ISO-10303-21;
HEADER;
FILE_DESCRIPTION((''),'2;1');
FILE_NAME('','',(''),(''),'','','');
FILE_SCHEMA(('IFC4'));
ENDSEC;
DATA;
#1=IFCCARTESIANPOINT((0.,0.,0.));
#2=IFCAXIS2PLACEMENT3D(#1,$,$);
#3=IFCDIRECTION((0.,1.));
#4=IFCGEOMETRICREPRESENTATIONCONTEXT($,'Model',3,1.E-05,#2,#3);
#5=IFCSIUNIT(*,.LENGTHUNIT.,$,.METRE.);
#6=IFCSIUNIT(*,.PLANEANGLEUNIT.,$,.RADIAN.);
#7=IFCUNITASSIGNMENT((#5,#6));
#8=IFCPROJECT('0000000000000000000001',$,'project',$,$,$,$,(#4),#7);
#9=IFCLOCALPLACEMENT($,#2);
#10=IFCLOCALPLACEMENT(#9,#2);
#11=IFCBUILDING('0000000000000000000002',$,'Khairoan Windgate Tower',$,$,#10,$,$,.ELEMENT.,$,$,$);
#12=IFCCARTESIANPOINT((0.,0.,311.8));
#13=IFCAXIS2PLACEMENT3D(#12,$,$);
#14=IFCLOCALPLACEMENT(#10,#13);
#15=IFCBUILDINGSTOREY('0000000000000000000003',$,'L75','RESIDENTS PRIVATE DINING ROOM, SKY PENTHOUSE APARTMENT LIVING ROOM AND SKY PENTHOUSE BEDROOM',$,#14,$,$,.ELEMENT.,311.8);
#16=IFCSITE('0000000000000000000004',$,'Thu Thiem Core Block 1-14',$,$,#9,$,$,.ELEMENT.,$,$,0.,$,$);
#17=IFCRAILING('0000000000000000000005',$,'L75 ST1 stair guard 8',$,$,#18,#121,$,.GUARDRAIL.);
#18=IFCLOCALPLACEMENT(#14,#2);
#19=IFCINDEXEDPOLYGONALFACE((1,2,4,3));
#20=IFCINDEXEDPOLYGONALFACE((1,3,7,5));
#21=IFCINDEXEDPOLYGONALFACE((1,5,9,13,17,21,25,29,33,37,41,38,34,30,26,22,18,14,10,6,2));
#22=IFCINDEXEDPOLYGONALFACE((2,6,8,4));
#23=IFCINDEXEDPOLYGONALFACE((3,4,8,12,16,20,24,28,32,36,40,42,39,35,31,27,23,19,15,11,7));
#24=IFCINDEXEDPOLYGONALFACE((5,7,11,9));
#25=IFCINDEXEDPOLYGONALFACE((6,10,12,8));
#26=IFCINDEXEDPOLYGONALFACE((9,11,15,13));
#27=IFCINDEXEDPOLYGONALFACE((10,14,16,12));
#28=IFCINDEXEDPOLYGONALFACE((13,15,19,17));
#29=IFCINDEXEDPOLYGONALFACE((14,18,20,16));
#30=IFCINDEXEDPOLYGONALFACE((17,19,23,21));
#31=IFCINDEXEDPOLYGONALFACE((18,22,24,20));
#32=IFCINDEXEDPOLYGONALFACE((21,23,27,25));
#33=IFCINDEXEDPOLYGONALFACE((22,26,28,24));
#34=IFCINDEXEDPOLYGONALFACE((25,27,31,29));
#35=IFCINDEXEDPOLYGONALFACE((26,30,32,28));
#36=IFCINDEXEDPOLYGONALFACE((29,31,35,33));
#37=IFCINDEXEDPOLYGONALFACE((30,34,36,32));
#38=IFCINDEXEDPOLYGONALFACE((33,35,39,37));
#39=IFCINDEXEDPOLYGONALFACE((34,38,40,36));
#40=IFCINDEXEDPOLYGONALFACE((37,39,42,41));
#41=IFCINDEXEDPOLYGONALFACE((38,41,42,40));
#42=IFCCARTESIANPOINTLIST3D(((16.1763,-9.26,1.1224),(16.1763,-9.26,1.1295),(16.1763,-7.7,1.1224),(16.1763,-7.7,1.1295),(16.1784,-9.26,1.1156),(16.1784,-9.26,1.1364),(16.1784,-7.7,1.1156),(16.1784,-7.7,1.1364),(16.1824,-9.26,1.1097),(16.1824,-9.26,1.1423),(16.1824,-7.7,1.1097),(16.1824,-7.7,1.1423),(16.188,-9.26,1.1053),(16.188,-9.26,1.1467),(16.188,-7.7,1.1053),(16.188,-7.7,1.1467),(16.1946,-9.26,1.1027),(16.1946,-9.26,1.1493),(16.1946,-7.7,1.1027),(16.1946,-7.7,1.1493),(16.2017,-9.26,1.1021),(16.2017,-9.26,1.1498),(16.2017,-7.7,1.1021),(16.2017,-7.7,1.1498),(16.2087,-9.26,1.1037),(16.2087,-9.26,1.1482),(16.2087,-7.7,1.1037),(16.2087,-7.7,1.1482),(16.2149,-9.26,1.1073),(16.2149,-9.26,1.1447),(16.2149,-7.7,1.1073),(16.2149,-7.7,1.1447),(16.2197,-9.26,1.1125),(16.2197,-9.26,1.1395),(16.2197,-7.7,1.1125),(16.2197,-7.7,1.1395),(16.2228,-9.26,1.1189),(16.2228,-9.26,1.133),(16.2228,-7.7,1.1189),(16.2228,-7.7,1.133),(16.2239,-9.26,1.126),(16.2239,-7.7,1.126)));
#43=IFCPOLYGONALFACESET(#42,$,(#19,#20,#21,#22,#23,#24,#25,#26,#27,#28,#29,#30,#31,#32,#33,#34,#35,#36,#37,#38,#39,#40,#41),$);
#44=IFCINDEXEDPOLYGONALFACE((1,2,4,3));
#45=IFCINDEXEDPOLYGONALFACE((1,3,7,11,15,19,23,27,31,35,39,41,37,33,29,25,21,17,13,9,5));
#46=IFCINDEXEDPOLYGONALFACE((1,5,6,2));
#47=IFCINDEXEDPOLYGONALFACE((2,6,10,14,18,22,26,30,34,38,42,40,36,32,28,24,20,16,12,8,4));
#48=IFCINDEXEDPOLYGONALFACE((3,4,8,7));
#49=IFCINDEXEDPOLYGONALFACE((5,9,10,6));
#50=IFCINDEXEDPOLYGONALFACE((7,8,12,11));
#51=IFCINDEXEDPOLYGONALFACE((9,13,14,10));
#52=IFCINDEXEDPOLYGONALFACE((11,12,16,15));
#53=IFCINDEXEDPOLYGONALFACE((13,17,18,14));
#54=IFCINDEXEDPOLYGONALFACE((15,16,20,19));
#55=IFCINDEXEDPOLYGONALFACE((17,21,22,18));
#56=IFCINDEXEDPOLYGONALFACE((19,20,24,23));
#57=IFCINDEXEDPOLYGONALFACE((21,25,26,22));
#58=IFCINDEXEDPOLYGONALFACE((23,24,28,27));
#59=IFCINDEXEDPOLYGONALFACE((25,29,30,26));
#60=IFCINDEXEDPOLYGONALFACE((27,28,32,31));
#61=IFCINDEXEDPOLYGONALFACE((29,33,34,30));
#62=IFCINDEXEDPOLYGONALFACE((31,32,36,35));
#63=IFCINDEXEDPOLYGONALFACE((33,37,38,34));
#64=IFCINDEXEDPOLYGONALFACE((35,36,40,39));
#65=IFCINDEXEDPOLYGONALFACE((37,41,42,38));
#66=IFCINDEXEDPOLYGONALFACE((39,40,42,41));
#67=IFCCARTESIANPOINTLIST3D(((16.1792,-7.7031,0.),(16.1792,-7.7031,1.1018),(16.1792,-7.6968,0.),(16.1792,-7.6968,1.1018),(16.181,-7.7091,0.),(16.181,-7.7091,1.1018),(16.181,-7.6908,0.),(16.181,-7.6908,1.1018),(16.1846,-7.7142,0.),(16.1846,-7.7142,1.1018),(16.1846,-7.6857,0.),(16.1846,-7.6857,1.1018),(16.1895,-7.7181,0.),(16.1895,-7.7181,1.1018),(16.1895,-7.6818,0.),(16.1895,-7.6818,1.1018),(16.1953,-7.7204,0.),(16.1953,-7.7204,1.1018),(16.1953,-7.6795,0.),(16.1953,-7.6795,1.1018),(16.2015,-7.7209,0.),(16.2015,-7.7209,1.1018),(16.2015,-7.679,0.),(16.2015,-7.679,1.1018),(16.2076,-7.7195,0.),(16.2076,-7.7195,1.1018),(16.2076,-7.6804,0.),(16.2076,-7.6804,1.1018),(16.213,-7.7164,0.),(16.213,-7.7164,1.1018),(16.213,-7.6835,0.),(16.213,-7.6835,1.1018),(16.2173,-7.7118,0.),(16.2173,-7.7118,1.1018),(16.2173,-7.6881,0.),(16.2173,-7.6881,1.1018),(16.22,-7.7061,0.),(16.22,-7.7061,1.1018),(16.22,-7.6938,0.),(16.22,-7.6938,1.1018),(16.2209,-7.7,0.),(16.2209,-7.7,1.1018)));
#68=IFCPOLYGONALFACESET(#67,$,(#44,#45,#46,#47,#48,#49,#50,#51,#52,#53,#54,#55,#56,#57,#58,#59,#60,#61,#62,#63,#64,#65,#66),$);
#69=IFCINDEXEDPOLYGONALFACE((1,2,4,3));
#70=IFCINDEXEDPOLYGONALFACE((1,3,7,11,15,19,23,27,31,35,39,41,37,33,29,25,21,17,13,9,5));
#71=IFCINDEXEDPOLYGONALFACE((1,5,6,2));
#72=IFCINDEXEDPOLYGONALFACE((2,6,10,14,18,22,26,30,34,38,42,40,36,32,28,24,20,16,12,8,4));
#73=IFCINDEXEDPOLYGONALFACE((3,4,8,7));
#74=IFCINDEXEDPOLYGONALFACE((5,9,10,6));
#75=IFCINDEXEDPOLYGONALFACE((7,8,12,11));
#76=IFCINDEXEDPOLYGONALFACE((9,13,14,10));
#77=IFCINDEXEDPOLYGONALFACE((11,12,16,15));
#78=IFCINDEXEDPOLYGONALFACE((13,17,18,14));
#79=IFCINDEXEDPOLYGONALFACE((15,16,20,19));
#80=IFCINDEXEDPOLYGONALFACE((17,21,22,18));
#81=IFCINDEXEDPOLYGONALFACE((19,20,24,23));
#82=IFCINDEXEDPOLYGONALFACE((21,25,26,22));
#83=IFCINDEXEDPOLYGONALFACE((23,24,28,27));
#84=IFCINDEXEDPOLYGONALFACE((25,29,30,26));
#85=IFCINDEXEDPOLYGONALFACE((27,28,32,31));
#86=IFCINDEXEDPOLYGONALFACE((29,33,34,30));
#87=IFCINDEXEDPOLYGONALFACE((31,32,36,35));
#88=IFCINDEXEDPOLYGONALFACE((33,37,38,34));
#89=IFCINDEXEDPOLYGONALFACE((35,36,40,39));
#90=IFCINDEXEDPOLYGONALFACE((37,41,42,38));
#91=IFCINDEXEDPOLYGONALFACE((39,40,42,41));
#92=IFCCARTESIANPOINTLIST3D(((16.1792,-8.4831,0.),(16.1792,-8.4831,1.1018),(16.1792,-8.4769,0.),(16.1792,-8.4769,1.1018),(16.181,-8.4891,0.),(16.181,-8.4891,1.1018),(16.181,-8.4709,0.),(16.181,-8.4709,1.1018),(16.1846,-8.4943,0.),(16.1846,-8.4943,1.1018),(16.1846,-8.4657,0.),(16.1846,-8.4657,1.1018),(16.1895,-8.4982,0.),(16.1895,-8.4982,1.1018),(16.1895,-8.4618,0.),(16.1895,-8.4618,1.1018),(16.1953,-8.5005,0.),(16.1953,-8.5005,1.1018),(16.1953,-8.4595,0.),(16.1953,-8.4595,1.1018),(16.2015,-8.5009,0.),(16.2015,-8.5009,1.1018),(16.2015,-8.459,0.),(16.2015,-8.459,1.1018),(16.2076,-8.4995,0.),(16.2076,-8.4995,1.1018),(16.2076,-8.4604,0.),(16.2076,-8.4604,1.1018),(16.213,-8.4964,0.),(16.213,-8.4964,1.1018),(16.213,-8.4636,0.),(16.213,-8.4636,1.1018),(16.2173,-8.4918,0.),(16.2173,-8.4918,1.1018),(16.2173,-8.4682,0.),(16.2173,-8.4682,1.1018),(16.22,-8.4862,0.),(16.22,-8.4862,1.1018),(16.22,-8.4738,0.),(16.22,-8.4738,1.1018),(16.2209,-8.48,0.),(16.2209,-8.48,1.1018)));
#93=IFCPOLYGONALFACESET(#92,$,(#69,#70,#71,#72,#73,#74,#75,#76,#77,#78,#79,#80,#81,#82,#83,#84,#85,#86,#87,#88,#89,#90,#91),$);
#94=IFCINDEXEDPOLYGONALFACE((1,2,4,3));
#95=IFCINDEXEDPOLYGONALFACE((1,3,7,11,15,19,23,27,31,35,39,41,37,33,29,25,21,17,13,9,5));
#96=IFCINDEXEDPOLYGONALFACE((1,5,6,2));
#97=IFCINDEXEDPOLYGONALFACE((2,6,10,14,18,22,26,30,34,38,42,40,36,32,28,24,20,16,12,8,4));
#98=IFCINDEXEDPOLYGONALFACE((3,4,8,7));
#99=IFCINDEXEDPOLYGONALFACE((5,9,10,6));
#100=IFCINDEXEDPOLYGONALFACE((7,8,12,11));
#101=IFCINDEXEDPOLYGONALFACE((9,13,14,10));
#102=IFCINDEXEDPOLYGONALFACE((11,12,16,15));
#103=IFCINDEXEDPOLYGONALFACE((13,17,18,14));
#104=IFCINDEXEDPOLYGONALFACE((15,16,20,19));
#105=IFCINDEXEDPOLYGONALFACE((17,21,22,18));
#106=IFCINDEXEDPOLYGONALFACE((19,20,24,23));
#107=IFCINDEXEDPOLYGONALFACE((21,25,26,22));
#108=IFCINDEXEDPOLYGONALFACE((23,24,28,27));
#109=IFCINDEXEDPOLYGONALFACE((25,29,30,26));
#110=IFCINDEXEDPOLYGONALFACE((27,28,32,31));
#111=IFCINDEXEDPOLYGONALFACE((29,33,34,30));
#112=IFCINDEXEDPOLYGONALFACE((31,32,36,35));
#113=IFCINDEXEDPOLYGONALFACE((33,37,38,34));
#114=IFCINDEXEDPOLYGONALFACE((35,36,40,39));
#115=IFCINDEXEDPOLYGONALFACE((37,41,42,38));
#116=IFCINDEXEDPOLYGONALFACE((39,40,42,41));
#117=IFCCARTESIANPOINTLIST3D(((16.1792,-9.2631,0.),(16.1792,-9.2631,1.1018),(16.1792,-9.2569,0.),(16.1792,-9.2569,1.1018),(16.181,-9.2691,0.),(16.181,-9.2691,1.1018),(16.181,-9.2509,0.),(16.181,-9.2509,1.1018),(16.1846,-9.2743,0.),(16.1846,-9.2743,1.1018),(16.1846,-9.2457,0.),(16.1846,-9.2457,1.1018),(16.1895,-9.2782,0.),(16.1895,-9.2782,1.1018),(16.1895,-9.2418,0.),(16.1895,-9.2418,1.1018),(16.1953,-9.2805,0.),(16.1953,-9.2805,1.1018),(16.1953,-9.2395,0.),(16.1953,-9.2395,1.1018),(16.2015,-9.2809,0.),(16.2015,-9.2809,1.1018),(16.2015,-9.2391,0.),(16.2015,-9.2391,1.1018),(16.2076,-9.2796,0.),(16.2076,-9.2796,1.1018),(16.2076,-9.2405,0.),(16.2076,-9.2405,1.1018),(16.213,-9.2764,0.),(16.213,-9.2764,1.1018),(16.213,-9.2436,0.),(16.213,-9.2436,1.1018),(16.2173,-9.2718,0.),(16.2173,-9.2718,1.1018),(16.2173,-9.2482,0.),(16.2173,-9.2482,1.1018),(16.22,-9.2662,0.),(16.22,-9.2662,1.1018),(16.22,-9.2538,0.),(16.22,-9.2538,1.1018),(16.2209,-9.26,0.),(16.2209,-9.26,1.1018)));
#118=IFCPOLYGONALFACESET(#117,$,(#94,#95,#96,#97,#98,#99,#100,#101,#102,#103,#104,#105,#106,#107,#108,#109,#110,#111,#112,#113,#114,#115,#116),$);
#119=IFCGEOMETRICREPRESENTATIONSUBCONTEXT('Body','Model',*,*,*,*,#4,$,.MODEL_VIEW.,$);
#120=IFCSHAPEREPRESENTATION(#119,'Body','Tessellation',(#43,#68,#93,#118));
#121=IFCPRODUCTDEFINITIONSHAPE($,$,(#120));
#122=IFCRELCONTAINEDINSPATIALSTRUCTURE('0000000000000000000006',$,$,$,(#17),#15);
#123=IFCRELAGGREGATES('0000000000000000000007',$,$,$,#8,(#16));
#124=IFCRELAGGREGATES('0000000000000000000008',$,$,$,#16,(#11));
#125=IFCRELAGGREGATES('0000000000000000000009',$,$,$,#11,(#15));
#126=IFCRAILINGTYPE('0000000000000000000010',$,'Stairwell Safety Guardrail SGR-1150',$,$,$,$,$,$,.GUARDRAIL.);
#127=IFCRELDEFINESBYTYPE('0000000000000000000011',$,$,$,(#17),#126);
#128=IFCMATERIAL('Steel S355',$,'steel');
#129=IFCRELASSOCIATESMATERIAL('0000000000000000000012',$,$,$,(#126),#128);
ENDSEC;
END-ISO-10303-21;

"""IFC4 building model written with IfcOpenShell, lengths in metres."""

from ifc_helpers import new_model, si_unit, direction, frame, origin, origin_2d, place, context, subcontext, project, spatial, circle, extrude, material, type_object, element, save


model = new_model("IFC4")

# Units and contexts
model_context = context("Model", 3, precision=1e-05, world=origin(), true_north=direction((0.0, 1.0)))
body_context = subcontext(model_context, "Body", "Model", "MODEL_VIEW")
ifc_project = project(units=[si_unit("LENGTHUNIT", "METRE"), si_unit("PLANEANGLEUNIT", "RADIAN")], contexts=[model_context])

# Site, building, storey
site_placement = place(None, origin())
site = spatial("IfcSite", under=ifc_project, at=site_placement, Name="Thu Thiem Core Block 1-14", CompositionType="ELEMENT", RefElevation=0.0)
building_placement = place(site_placement, origin())
building = spatial("IfcBuilding", under=site, at=building_placement, Name="Khairoan Windgate Tower", CompositionType="ELEMENT")
storey_placement = place(building_placement, frame((0.0, 0.0, 311.8)))
storey = spatial("IfcBuildingStorey", under=building, at=storey_placement, Name="L75", Description="RESIDENTS PRIVATE DINING ROOM, SKY PENTHOUSE APARTMENT LIVING ROOM AND SKY PENTHOUSE BEDROOM", CompositionType="ELEMENT", Elevation=311.8)

# Railing
ifc_material_1 = material(Name="Steel S355", Category="steel")
railing_type_1 = type_object("IfcRailingType", Name="Stairwell Safety Guardrail SGR-1150", PredefinedType="GUARDRAIL", material=ifc_material_1)
railing_1_placement = place(storey_placement, frame((16.2, -7.7, 0.0)))
element("IfcRailing", 1, at=railing_1_placement, inside=storey, type_object=railing_type_1, Name="L75 ST1 stair guard 8", PredefinedType="GUARDRAIL", context=body_context, shape_type="SweptSolid", body=[
    extrude(circle(Radius=0.0239, at=origin_2d()), frame((0.0, 0.0, 1.126), z_axis=(0.0, -1.0, 0.0), x_axis=(1.0, 0.0, 0.0)), (0.0, 0.0, 1.0), 1.5601),
    extrude(circle(Radius=0.021, at=origin_2d()), origin(), (0.0, 0.0, 1.0), 1.1018),
    extrude(circle(Radius=0.021, at=origin_2d()), frame((0.0, -0.78, 0.0)), (0.0, 0.0, 1.0), 1.1018),
    extrude(circle(Radius=0.021, at=origin_2d()), frame((0.0, -1.5601, 0.0)), (0.0, 0.0, 1.0), 1.1018),
])

save(model, "model.ifc")
